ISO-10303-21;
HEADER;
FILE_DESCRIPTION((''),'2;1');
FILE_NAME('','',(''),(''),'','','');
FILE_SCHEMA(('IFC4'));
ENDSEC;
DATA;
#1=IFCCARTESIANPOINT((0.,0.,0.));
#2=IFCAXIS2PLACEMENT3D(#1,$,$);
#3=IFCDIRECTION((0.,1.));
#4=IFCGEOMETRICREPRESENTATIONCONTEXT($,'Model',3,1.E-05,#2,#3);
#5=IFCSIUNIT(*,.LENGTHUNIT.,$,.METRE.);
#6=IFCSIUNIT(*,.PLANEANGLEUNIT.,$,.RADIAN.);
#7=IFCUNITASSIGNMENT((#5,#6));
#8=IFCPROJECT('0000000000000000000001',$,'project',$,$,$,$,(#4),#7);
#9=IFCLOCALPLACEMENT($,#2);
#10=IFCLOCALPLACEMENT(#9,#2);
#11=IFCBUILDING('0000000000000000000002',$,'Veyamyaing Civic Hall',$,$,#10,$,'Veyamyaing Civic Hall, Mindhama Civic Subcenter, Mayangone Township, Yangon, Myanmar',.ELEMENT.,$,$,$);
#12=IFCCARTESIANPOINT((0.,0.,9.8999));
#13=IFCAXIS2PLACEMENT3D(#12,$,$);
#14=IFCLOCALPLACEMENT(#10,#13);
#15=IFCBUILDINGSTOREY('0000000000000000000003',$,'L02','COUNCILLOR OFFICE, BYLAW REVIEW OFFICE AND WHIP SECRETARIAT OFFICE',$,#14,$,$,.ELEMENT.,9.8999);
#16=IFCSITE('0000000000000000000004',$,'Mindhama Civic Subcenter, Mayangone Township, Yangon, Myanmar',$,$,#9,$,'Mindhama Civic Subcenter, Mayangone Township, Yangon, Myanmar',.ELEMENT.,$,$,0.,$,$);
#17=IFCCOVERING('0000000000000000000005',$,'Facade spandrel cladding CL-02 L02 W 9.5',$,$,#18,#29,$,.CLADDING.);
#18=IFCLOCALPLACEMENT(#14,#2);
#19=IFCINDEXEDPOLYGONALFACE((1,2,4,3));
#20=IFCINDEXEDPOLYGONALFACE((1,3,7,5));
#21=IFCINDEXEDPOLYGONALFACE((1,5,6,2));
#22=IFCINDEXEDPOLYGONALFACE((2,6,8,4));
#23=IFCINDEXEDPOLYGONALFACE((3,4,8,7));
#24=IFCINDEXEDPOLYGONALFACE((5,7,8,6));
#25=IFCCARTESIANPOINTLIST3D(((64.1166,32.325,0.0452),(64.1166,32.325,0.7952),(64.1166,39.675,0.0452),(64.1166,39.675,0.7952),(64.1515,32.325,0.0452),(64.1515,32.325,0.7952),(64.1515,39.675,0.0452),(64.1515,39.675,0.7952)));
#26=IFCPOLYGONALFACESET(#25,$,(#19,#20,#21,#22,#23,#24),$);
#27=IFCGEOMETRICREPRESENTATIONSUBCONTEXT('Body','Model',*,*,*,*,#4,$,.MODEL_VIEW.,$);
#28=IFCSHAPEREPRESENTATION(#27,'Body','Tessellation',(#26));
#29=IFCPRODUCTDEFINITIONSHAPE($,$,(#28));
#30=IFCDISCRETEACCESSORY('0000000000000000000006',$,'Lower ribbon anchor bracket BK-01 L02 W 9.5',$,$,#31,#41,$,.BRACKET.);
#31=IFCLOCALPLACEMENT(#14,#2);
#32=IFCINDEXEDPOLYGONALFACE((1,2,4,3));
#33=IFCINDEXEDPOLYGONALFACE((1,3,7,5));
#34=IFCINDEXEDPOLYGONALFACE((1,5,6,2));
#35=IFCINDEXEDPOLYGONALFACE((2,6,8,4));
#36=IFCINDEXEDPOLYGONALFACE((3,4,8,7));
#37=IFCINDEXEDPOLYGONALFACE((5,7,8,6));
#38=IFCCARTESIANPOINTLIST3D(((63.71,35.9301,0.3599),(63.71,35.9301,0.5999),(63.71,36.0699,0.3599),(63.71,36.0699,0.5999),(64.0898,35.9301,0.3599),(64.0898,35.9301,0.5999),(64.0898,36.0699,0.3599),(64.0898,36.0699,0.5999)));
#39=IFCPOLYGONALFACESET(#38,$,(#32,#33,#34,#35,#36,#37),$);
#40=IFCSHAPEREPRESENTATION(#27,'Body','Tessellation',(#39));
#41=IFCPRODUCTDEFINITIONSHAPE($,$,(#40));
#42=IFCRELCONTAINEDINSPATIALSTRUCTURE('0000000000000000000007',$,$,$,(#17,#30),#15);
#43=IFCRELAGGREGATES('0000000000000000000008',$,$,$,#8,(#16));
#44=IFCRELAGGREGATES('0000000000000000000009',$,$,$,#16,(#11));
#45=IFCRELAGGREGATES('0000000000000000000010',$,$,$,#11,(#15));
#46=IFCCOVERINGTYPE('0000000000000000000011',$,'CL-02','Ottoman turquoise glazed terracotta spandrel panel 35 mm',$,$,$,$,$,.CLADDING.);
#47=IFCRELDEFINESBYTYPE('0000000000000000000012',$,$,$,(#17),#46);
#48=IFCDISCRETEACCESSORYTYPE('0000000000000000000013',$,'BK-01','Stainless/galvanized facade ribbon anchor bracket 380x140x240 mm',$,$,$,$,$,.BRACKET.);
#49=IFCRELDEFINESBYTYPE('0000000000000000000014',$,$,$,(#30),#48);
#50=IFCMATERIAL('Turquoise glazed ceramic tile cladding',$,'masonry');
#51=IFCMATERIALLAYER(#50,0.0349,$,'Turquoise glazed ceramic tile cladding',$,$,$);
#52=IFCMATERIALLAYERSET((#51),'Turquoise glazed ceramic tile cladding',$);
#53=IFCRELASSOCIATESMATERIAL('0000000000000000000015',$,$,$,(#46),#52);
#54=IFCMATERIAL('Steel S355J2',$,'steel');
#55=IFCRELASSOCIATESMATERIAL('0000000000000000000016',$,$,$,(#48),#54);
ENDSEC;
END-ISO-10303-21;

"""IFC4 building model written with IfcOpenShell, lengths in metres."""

from ifc_helpers import new_model, si_unit, direction, frame, origin, origin_2d, place, context, subcontext, project, spatial, rectangle, extrude, material, layer, layer_set, type_object, element, save


model = new_model("IFC4")

# Units and contexts
model_context = context("Model", 3, precision=1e-05, world=origin(), true_north=direction((0.0, 1.0)))
body_context = subcontext(model_context, "Body", "Model", "MODEL_VIEW")
ifc_project = project(units=[si_unit("LENGTHUNIT", "METRE"), si_unit("PLANEANGLEUNIT", "RADIAN")], contexts=[model_context])

# Site, building, storey
site_placement = place(None, origin())
site = spatial("IfcSite", under=ifc_project, at=site_placement, Name="Mindhama Civic Subcenter, Mayangone Township, Yangon, Myanmar", LongName="Mindhama Civic Subcenter, Mayangone Township, Yangon, Myanmar", CompositionType="ELEMENT", RefElevation=0.0)
building_placement = place(site_placement, origin())
building = spatial("IfcBuilding", under=site, at=building_placement, Name="Veyamyaing Civic Hall", LongName="Veyamyaing Civic Hall, Mindhama Civic Subcenter, Mayangone Township, Yangon, Myanmar", CompositionType="ELEMENT")
storey_placement = place(building_placement, frame((0.0, 0.0, 9.8999)))
storey = spatial("IfcBuildingStorey", under=building, at=storey_placement, Name="L02", Description="COUNCILLOR OFFICE, BYLAW REVIEW OFFICE AND WHIP SECRETARIAT OFFICE", CompositionType="ELEMENT", Elevation=9.8999)

# Shared definitions
ifc_material_1 = material(Name="Steel S355J2", Category="steel")

# Covering
ifc_material_2 = material(Name="Turquoise glazed ceramic tile cladding", Category="masonry")
ifc_layer_1 = layer(ifc_material_2, 0.0349, Name="Turquoise glazed ceramic tile cladding")
ifc_layer_set_1 = layer_set([ifc_layer_1], Name="Turquoise glazed ceramic tile cladding")
covering_type = type_object("IfcCoveringType", Name="CL-02", Description="Ottoman turquoise glazed terracotta spandrel panel 35 mm", PredefinedType="CLADDING", material=ifc_layer_set_1)
covering_placement = place(storey_placement, frame((64.134, 36.0, 0.0452), z_axis=(0.0, 0.0, 1.0), x_axis=(0.0, 1.0, 0.0)))
element("IfcCovering", 1, at=covering_placement, inside=storey, type_object=covering_type, Name="Facade spandrel cladding CL-02 L02 W 9.5", PredefinedType="CLADDING", context=body_context, shape_type="SweptSolid", body=[
    extrude(rectangle(XDim=7.3501, YDim=0.0349, at=origin_2d()), origin(), (0.0, 0.0, 1.0), 0.75),
])

# Discrete accessory
discrete_accessory_type = type_object("IfcDiscreteAccessoryType", Name="BK-01", Description="Stainless/galvanized facade ribbon anchor bracket 380x140x240 mm", PredefinedType="BRACKET", material=ifc_material_1)
discrete_accessory_placement = place(storey_placement, frame((63.8999, 36.0, 0.3599), z_axis=(0.0, 0.0, 1.0), x_axis=(-1.0, 0.0, 0.0)))
element("IfcDiscreteAccessory", 2, at=discrete_accessory_placement, inside=storey, type_object=discrete_accessory_type, Name="Lower ribbon anchor bracket BK-01 L02 W 9.5", PredefinedType="BRACKET", context=body_context, shape_type="SweptSolid", body=[
    extrude(rectangle(XDim=0.3799, YDim=0.1399, at=origin_2d()), origin(), (0.0, 0.0, 1.0), 0.24),
])

save(model, "model.ifc")
